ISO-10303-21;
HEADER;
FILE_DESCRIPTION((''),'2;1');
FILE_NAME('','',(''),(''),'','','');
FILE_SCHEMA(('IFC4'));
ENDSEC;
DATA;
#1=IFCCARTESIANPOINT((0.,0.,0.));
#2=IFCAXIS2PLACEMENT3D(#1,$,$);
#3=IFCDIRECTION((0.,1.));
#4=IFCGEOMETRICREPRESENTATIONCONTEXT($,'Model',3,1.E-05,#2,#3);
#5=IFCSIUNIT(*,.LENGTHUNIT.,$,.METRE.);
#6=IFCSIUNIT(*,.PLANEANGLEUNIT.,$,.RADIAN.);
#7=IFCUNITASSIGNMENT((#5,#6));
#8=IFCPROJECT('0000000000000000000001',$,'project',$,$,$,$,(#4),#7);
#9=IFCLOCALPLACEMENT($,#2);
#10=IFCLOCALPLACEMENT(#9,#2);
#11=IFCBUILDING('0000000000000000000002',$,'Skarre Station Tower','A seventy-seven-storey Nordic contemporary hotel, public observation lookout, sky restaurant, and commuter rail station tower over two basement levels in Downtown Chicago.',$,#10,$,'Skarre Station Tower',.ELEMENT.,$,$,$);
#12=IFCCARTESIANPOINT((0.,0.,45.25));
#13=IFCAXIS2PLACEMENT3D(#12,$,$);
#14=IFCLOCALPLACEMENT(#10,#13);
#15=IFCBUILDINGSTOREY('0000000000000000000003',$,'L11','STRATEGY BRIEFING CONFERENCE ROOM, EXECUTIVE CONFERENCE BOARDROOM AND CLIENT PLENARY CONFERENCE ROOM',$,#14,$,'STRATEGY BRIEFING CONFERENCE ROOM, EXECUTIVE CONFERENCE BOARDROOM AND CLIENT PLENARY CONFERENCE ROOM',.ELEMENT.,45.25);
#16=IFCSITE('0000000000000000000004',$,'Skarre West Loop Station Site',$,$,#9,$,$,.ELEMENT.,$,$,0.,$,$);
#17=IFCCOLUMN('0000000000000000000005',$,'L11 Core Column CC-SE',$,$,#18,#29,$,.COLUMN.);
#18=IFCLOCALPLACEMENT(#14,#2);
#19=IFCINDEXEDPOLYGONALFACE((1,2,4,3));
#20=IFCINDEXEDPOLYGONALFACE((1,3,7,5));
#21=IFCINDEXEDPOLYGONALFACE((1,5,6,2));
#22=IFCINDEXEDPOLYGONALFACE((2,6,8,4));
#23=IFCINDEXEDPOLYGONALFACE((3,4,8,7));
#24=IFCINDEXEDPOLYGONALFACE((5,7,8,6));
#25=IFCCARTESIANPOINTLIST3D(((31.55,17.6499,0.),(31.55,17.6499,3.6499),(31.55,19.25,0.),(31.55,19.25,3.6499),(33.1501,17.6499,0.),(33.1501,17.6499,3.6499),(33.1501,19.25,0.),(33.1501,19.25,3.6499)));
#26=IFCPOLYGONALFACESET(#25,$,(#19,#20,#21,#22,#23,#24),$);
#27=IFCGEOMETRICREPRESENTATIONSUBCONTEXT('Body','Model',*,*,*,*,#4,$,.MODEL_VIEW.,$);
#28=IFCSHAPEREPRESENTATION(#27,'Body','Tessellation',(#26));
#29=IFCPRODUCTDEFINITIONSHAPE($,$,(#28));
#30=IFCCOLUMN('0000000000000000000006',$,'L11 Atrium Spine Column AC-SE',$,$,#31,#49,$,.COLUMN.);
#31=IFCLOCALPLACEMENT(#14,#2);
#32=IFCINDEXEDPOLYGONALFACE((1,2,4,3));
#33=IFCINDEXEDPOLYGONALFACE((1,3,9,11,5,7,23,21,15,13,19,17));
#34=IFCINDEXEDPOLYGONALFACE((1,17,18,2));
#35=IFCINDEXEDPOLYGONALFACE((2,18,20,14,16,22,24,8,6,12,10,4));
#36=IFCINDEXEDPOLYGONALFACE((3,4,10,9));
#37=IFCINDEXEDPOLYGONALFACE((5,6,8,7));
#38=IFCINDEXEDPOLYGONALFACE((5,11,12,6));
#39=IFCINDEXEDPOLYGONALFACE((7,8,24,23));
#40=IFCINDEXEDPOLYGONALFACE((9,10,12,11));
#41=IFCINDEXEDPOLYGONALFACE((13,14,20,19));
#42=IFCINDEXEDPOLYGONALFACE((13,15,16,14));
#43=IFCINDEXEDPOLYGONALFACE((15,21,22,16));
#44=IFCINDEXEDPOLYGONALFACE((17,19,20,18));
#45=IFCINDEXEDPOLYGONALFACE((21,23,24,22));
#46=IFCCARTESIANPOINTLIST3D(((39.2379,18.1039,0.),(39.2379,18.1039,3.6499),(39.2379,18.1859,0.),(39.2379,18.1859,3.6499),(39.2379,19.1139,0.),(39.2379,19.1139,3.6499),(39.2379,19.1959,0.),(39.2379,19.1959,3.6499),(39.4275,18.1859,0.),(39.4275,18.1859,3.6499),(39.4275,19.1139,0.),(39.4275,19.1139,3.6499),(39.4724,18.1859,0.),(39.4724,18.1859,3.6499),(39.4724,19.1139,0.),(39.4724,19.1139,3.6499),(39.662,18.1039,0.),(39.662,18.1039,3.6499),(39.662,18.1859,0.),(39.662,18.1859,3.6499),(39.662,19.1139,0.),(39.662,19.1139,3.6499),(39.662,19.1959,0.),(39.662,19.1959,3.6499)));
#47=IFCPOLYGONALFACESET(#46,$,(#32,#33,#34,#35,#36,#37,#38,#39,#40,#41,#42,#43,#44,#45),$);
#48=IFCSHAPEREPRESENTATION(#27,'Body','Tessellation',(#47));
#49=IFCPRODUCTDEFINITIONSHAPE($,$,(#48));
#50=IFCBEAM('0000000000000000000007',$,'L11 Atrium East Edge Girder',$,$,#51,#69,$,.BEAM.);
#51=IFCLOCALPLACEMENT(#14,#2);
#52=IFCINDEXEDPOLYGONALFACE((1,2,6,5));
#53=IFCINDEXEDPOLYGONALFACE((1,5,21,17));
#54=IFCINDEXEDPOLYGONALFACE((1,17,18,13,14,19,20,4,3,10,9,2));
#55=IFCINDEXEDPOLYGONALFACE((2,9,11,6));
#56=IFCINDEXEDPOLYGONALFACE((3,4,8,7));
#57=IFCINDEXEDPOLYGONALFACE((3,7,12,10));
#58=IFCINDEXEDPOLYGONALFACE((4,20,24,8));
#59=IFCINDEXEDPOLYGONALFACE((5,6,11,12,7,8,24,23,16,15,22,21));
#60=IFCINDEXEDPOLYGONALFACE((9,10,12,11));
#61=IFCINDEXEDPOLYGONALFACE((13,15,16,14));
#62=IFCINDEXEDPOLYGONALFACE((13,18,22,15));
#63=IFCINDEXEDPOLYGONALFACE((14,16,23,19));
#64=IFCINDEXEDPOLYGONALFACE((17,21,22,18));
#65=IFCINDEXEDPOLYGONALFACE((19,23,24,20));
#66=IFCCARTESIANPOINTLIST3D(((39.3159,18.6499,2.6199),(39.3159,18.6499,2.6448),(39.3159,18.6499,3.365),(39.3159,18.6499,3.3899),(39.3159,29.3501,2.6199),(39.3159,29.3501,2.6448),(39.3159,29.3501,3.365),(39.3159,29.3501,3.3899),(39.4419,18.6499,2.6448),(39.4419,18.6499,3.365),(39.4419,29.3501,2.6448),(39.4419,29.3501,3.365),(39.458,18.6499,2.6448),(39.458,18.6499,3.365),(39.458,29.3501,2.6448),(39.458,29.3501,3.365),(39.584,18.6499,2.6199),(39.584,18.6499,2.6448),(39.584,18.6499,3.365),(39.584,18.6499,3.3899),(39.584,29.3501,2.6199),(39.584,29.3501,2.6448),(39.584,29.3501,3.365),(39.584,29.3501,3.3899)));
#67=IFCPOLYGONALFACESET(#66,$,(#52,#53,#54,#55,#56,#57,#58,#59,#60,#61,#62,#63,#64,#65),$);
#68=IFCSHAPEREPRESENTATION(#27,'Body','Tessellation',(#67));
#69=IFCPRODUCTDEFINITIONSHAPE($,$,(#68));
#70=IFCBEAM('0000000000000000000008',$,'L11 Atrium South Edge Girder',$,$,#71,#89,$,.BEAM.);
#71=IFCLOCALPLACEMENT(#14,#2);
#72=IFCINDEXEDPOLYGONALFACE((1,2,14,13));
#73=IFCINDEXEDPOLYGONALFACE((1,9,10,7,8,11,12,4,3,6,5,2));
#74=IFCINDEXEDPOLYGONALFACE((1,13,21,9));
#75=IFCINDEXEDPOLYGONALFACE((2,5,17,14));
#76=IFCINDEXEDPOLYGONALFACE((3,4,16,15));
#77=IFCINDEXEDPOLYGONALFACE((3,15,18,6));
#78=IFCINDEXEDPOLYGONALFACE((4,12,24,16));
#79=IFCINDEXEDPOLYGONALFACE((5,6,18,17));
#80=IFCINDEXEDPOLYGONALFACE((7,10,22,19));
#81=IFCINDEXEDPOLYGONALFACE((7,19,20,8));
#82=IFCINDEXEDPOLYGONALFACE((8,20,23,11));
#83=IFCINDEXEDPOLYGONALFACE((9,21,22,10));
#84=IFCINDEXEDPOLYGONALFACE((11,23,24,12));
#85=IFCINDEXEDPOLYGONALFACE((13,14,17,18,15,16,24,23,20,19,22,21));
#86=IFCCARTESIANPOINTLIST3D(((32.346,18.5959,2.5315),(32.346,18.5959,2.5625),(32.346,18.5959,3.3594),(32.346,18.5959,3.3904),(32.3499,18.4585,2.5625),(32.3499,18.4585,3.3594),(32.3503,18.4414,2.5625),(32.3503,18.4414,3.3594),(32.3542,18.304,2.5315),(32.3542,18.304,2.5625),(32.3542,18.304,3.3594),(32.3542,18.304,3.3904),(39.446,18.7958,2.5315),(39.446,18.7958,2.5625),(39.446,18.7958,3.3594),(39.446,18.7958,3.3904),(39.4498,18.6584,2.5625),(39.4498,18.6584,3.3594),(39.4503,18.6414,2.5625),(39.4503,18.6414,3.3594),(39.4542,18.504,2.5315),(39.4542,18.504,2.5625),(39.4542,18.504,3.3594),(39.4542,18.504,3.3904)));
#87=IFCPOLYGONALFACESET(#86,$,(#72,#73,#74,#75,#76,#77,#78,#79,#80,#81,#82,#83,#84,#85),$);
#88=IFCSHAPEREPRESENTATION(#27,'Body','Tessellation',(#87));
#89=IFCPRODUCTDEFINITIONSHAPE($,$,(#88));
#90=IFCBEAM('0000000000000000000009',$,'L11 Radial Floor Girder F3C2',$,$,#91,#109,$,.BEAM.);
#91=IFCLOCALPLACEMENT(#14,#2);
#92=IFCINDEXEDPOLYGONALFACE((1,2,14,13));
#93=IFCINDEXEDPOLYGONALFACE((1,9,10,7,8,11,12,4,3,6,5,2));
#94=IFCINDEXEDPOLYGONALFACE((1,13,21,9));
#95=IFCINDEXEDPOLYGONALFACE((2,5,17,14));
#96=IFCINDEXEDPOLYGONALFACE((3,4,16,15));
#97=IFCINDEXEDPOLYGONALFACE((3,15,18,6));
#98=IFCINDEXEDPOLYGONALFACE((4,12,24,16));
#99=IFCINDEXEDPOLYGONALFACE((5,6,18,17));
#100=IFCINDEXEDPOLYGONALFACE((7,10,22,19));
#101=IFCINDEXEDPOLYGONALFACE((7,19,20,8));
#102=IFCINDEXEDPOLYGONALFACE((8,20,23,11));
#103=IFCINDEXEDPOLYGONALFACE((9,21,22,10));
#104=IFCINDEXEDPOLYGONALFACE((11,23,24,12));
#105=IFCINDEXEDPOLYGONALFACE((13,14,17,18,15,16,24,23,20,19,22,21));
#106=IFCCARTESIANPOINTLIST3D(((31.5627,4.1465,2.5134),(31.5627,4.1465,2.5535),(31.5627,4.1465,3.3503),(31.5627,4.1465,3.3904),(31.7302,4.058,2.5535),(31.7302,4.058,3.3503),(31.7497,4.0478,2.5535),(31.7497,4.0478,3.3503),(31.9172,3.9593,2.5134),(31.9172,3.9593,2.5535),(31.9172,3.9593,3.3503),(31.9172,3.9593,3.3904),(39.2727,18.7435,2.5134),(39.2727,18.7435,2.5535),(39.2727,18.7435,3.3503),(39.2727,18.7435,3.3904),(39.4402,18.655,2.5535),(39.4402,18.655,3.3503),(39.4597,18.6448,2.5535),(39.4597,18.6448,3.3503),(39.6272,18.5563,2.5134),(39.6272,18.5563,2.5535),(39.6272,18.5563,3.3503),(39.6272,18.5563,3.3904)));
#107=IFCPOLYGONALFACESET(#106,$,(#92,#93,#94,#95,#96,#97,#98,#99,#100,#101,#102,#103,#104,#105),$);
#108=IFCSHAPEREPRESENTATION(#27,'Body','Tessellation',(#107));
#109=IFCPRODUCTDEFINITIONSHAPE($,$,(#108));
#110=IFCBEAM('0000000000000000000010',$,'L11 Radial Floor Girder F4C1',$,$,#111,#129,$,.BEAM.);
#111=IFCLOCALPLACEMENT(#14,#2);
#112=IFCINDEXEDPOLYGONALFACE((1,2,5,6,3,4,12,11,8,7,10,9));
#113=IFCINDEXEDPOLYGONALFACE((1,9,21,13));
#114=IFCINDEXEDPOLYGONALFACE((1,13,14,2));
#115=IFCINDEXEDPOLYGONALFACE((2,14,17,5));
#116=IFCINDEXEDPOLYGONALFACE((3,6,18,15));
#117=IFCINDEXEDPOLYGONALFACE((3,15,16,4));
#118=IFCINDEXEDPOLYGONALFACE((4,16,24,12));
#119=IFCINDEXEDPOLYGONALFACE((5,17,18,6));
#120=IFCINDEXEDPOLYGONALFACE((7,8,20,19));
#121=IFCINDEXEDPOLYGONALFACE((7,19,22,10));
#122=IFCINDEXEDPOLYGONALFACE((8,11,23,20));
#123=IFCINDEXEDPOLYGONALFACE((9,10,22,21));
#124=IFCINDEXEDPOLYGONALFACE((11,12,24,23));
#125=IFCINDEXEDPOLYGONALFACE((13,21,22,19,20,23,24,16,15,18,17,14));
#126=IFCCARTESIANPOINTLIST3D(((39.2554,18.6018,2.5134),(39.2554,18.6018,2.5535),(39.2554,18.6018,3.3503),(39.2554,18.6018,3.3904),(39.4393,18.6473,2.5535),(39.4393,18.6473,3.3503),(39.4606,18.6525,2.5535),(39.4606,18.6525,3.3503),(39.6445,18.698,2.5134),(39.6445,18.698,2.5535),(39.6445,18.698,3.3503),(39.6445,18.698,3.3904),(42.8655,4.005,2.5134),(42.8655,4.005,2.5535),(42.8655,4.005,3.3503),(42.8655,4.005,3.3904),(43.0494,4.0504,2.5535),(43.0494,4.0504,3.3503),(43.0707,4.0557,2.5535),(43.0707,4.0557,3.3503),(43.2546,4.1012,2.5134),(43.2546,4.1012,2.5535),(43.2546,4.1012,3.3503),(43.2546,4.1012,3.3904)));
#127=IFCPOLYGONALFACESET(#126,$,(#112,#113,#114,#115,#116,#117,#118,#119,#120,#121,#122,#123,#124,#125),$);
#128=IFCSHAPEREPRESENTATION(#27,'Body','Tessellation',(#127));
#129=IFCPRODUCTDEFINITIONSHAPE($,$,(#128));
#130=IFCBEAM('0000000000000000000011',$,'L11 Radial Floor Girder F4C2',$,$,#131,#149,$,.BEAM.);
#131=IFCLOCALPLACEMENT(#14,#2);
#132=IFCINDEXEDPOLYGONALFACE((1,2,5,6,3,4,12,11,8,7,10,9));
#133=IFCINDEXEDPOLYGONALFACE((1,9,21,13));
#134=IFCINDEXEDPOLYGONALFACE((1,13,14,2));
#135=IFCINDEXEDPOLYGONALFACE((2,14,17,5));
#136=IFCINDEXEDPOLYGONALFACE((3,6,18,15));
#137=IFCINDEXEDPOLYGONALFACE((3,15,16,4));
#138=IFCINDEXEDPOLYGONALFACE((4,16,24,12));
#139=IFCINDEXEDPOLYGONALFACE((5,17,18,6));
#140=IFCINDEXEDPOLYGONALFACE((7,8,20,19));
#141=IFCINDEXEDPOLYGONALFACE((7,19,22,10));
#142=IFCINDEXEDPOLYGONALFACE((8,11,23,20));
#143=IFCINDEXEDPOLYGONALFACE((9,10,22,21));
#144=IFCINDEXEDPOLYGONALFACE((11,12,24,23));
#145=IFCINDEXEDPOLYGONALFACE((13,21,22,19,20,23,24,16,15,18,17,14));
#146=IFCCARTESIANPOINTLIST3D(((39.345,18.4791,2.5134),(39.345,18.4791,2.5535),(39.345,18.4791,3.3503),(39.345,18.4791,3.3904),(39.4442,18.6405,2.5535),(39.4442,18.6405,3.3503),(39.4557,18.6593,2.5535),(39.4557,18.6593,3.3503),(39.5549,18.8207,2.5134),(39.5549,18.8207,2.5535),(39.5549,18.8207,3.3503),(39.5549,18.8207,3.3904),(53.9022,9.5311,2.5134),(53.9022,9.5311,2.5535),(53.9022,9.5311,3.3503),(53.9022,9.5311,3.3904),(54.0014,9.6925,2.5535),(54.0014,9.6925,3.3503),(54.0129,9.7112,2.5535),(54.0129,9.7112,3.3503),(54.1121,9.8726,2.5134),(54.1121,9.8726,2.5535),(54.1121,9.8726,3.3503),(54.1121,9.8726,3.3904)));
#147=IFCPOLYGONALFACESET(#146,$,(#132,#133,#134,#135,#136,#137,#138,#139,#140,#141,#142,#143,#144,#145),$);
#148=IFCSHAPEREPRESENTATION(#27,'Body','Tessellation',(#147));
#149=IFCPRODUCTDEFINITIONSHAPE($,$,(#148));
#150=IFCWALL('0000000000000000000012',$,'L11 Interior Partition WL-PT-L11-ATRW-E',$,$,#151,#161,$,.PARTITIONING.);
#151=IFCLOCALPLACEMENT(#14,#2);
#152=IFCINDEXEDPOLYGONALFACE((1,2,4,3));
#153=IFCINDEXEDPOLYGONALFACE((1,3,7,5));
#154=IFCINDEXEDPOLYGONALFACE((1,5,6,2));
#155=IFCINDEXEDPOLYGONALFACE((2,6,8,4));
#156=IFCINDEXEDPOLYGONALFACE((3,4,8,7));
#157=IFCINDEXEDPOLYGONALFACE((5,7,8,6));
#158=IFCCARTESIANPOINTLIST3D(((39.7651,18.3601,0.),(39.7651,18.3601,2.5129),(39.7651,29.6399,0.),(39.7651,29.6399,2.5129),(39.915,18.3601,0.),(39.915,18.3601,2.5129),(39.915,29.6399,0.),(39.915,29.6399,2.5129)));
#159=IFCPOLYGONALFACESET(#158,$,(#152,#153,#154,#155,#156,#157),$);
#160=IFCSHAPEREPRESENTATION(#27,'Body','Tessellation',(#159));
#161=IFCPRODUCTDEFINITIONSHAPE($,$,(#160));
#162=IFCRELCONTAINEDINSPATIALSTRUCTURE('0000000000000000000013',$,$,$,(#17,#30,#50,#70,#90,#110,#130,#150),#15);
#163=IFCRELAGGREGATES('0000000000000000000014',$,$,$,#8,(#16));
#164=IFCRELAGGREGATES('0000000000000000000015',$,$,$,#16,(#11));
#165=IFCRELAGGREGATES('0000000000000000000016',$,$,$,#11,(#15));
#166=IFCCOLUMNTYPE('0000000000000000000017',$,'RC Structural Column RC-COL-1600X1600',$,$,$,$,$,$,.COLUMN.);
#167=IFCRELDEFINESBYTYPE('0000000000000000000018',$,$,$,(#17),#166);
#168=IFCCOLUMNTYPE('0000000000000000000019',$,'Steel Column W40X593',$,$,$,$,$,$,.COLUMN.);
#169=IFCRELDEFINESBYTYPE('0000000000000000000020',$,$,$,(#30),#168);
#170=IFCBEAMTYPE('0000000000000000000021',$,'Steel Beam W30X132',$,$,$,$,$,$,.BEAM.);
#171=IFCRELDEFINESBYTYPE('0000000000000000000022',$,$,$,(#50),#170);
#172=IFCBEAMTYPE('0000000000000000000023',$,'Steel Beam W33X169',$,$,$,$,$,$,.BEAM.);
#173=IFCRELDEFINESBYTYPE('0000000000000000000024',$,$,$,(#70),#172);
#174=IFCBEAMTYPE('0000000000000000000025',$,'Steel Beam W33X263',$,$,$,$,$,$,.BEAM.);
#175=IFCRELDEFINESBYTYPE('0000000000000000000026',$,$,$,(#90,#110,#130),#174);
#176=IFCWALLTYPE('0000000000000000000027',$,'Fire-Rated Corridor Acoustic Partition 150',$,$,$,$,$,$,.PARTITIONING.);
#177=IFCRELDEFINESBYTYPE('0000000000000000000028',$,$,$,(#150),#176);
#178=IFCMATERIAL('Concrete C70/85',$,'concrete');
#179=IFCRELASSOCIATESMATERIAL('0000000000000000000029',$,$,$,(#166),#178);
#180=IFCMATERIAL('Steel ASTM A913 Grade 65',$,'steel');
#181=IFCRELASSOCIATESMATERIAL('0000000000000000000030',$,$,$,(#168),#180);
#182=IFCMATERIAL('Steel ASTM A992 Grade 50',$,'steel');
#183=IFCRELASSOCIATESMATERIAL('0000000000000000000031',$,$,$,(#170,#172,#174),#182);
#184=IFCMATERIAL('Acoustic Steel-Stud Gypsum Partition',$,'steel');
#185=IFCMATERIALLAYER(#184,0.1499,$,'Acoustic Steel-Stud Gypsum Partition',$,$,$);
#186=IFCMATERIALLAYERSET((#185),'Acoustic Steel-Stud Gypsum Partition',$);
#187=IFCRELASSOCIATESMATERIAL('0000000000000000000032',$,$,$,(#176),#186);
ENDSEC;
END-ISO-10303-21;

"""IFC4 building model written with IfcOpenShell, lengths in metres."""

from ifc_helpers import new_model, si_unit, direction, frame, frame_2d, origin, origin_2d, place, context, subcontext, project, spatial, rectangle, i_section, extrude, material, layer, layer_set, material_profile, profile_set, type_object, element, save


model = new_model("IFC4")

# Units and contexts
model_context = context("Model", 3, precision=1e-05, world=origin(), true_north=direction((0.0, 1.0)))
body_context = subcontext(model_context, "Body", "Model", "MODEL_VIEW")
ifc_project = project(units=[si_unit("LENGTHUNIT", "METRE"), si_unit("PLANEANGLEUNIT", "RADIAN")], contexts=[model_context])

# Site, building, storey
site_placement = place(None, origin())
site = spatial("IfcSite", under=ifc_project, at=site_placement, Name="Skarre West Loop Station Site", CompositionType="ELEMENT", RefElevation=0.0)
building_placement = place(site_placement, origin())
building = spatial("IfcBuilding", under=site, at=building_placement, Name="Skarre Station Tower", Description="A seventy-seven-storey Nordic contemporary hotel, public observation lookout, sky restaurant, and commuter rail station tower over two basement levels in Downtown Chicago.", LongName="Skarre Station Tower", CompositionType="ELEMENT")
storey_placement = place(building_placement, frame((0.0, 0.0, 45.25)))
storey = spatial("IfcBuildingStorey", under=building, at=storey_placement, Name="L11", Description="STRATEGY BRIEFING CONFERENCE ROOM, EXECUTIVE CONFERENCE BOARDROOM AND CLIENT PLENARY CONFERENCE ROOM", LongName="STRATEGY BRIEFING CONFERENCE ROOM, EXECUTIVE CONFERENCE BOARDROOM AND CLIENT PLENARY CONFERENCE ROOM", CompositionType="ELEMENT", Elevation=45.25)

# Columns
ifc_material_1 = material(Name="Concrete C70/85", Category="concrete")
ifc_material_profile_1 = material_profile(ifc_material_1, rectangle(XDim=1.6001, YDim=1.6001, at=origin_2d()), Name="Concrete C70/85")
ifc_profile_set_1 = profile_set([ifc_material_profile_1], Name="Concrete C70/85")
column_type_1 = type_object("IfcColumnType", Name="RC Structural Column RC-COL-1600X1600", PredefinedType="COLUMN", material=ifc_profile_set_1)
column_1_placement = place(storey_placement, frame((32.3501, 18.45, 0.0), z_axis=(0.0, 0.0, 1.0), x_axis=(1.0, 0.0, 0.0)))
element("IfcColumn", 1, at=column_1_placement, inside=storey, type_object=column_type_1, Name="L11 Core Column CC-SE", PredefinedType="COLUMN", context=body_context, shape_type="SweptSolid", body=[
    extrude(rectangle(XDim=1.6001, YDim=1.6001, at=origin_2d()), origin(), (0.0, 0.0, 1.0), 3.6499),
])
ifc_material_2 = material(Name="Steel ASTM A913 Grade 65", Category="steel")
ifc_material_profile_2 = material_profile(ifc_material_2, i_section(OverallWidth=0.4241, OverallDepth=1.092, WebThickness=0.0449, FlangeThickness=0.082, at=origin_2d()), Name="Steel ASTM A913 Grade 65")
ifc_profile_set_2 = profile_set([ifc_material_profile_2], Name="Steel ASTM A913 Grade 65")
column_type_2 = type_object("IfcColumnType", Name="Steel Column W40X593", PredefinedType="COLUMN", material=ifc_profile_set_2)
column_2_placement = place(storey_placement, frame((39.45, 18.6499, 0.0), z_axis=(0.0, 0.0, 1.0), x_axis=(1.0, 0.0, 0.0)))
element("IfcColumn", 2, at=column_2_placement, inside=storey, type_object=column_type_2, Name="L11 Atrium Spine Column AC-SE", PredefinedType="COLUMN", context=body_context, shape_type="SweptSolid", body=[
    extrude(i_section(OverallWidth=0.4241, OverallDepth=1.092, WebThickness=0.0449, FlangeThickness=0.082, at=origin_2d()), origin(), (0.0, 0.0, 1.0), 3.6499),
])

# Beams
ifc_material_3 = material(Name="Steel ASTM A992 Grade 50", Category="steel")
ifc_material_profile_3 = material_profile(ifc_material_3, i_section(OverallWidth=0.2681, OverallDepth=0.77, WebThickness=0.0161, FlangeThickness=0.0249, at=origin_2d()), Name="Steel ASTM A992 Grade 50")
ifc_profile_set_3 = profile_set([ifc_material_profile_3], Name="Steel ASTM A992 Grade 50")
beam_type_1 = type_object("IfcBeamType", Name="Steel Beam W30X132", PredefinedType="BEAM", material=ifc_profile_set_3)
beam_1_placement = place(storey_placement, frame((39.45, 18.6499, 3.0049), z_axis=(0.0, 1.0, 0.0), x_axis=(-1.0, 0.0, 0.0)))
element("IfcBeam", 3, at=beam_1_placement, inside=storey, type_object=beam_type_1, Name="L11 Atrium East Edge Girder", PredefinedType="BEAM", context=body_context, shape_type="SweptSolid", body=[
    extrude(i_section(OverallWidth=0.2681, OverallDepth=0.77, WebThickness=0.0161, FlangeThickness=0.0249, at=origin_2d()), origin(), (0.0, 0.0, 1.0), 10.7002),
])
ifc_material_profile_4 = material_profile(ifc_material_3, i_section(OverallWidth=0.292, OverallDepth=0.8589, WebThickness=0.0171, FlangeThickness=0.031, at=origin_2d()), Name="Steel ASTM A992 Grade 50")
ifc_profile_set_4 = profile_set([ifc_material_profile_4], Name="Steel ASTM A992 Grade 50")
beam_type_2 = type_object("IfcBeamType", Name="Steel Beam W33X169", PredefinedType="BEAM", material=ifc_profile_set_4)
beam_2_placement = place(storey_placement, frame((32.3501, 18.45, 2.9609), z_axis=(0.999604, 0.028152, 0.0), x_axis=(-0.028152, 0.999604, 0.0)))
element("IfcBeam", 4, at=beam_2_placement, inside=storey, type_object=beam_type_2, Name="L11 Atrium South Edge Girder", PredefinedType="BEAM", context=body_context, shape_type="SweptSolid", body=[
    extrude(i_section(OverallWidth=0.292, OverallDepth=0.8589, WebThickness=0.0171, FlangeThickness=0.031, at=origin_2d()), origin(), (0.0, 0.0, 1.0), 7.1028),
])
ifc_material_profile_5 = material_profile(ifc_material_3, i_section(OverallWidth=0.4009, OverallDepth=0.877, WebThickness=0.022, FlangeThickness=0.04, at=origin_2d()), Name="Steel ASTM A992 Grade 50")
ifc_profile_set_5 = profile_set([ifc_material_profile_5], Name="Steel ASTM A992 Grade 50")
beam_type_3 = type_object("IfcBeamType", Name="Steel Beam W33X263", PredefinedType="BEAM", material=ifc_profile_set_5)
beam_3_placement = place(storey_placement, frame((39.45, 18.6499, 2.9519), z_axis=(-0.467044, -0.884234, 0.0), x_axis=(0.884234, -0.467044, 0.0)))
element("IfcBeam", 5, at=beam_3_placement, inside=storey, type_object=beam_type_3, Name="L11 Radial Floor Girder F3C2", PredefinedType="BEAM", context=body_context, shape_type="SweptSolid", body=[
    extrude(i_section(OverallWidth=0.4009, OverallDepth=0.877, WebThickness=0.022, FlangeThickness=0.04, at=origin_2d()), origin(), (0.0, 0.0, 1.0), 16.5081),
])
beam_4_placement = place(storey_placement, frame((39.45, 18.6499, 2.9519), z_axis=(0.240086, -0.970752, 0.0), x_axis=(0.970752, 0.240086, 0.0)))
element("IfcBeam", 6, at=beam_4_placement, inside=storey, type_object=beam_type_3, Name="L11 Radial Floor Girder F4C1", PredefinedType="BEAM", context=body_context, shape_type="SweptSolid", body=[
    extrude(i_section(OverallWidth=0.4009, OverallDepth=0.877, WebThickness=0.022, FlangeThickness=0.04, at=origin_2d()), origin(), (0.0, 0.0, 1.0), 15.0366),
])
beam_5_placement = place(storey_placement, frame((39.45, 18.6499, 2.9519), z_axis=(0.851926, -0.523663, 0.0), x_axis=(0.523663, 0.851926, 0.0)))
element("IfcBeam", 7, at=beam_5_placement, inside=storey, type_object=beam_type_3, Name="L11 Radial Floor Girder F4C2", PredefinedType="BEAM", context=body_context, shape_type="SweptSolid", body=[
    extrude(i_section(OverallWidth=0.4009, OverallDepth=0.877, WebThickness=0.022, FlangeThickness=0.04, at=origin_2d()), origin(), (0.0, 0.0, 1.0), 17.0874),
])

# Wall
ifc_material_4 = material(Name="Acoustic Steel-Stud Gypsum Partition", Category="steel")
ifc_layer_1 = layer(ifc_material_4, 0.1499, Name="Acoustic Steel-Stud Gypsum Partition")
ifc_layer_set_1 = layer_set([ifc_layer_1], Name="Acoustic Steel-Stud Gypsum Partition")
wall_type_1 = type_object("IfcWallType", Name="Fire-Rated Corridor Acoustic Partition 150", PredefinedType="PARTITIONING", material=ifc_layer_set_1)
wall_1_placement = place(storey_placement, frame((39.8401, 18.3601, 0.0), z_axis=(0.0, 0.0, 1.0), x_axis=(0.0, 1.0, 0.0)))
element("IfcWall", 8, at=wall_1_placement, inside=storey, type_object=wall_type_1, Name="L11 Interior Partition WL-PT-L11-ATRW-E", PredefinedType="PARTITIONING", context=body_context, shape_type="SweptSolid", body=[
    extrude(rectangle(XDim=11.2798, YDim=0.1499, at=frame_2d((5.6399, 0.0))), origin(), (0.0, 0.0, 1.0), 2.5129),
])

save(model, "model.ifc")
